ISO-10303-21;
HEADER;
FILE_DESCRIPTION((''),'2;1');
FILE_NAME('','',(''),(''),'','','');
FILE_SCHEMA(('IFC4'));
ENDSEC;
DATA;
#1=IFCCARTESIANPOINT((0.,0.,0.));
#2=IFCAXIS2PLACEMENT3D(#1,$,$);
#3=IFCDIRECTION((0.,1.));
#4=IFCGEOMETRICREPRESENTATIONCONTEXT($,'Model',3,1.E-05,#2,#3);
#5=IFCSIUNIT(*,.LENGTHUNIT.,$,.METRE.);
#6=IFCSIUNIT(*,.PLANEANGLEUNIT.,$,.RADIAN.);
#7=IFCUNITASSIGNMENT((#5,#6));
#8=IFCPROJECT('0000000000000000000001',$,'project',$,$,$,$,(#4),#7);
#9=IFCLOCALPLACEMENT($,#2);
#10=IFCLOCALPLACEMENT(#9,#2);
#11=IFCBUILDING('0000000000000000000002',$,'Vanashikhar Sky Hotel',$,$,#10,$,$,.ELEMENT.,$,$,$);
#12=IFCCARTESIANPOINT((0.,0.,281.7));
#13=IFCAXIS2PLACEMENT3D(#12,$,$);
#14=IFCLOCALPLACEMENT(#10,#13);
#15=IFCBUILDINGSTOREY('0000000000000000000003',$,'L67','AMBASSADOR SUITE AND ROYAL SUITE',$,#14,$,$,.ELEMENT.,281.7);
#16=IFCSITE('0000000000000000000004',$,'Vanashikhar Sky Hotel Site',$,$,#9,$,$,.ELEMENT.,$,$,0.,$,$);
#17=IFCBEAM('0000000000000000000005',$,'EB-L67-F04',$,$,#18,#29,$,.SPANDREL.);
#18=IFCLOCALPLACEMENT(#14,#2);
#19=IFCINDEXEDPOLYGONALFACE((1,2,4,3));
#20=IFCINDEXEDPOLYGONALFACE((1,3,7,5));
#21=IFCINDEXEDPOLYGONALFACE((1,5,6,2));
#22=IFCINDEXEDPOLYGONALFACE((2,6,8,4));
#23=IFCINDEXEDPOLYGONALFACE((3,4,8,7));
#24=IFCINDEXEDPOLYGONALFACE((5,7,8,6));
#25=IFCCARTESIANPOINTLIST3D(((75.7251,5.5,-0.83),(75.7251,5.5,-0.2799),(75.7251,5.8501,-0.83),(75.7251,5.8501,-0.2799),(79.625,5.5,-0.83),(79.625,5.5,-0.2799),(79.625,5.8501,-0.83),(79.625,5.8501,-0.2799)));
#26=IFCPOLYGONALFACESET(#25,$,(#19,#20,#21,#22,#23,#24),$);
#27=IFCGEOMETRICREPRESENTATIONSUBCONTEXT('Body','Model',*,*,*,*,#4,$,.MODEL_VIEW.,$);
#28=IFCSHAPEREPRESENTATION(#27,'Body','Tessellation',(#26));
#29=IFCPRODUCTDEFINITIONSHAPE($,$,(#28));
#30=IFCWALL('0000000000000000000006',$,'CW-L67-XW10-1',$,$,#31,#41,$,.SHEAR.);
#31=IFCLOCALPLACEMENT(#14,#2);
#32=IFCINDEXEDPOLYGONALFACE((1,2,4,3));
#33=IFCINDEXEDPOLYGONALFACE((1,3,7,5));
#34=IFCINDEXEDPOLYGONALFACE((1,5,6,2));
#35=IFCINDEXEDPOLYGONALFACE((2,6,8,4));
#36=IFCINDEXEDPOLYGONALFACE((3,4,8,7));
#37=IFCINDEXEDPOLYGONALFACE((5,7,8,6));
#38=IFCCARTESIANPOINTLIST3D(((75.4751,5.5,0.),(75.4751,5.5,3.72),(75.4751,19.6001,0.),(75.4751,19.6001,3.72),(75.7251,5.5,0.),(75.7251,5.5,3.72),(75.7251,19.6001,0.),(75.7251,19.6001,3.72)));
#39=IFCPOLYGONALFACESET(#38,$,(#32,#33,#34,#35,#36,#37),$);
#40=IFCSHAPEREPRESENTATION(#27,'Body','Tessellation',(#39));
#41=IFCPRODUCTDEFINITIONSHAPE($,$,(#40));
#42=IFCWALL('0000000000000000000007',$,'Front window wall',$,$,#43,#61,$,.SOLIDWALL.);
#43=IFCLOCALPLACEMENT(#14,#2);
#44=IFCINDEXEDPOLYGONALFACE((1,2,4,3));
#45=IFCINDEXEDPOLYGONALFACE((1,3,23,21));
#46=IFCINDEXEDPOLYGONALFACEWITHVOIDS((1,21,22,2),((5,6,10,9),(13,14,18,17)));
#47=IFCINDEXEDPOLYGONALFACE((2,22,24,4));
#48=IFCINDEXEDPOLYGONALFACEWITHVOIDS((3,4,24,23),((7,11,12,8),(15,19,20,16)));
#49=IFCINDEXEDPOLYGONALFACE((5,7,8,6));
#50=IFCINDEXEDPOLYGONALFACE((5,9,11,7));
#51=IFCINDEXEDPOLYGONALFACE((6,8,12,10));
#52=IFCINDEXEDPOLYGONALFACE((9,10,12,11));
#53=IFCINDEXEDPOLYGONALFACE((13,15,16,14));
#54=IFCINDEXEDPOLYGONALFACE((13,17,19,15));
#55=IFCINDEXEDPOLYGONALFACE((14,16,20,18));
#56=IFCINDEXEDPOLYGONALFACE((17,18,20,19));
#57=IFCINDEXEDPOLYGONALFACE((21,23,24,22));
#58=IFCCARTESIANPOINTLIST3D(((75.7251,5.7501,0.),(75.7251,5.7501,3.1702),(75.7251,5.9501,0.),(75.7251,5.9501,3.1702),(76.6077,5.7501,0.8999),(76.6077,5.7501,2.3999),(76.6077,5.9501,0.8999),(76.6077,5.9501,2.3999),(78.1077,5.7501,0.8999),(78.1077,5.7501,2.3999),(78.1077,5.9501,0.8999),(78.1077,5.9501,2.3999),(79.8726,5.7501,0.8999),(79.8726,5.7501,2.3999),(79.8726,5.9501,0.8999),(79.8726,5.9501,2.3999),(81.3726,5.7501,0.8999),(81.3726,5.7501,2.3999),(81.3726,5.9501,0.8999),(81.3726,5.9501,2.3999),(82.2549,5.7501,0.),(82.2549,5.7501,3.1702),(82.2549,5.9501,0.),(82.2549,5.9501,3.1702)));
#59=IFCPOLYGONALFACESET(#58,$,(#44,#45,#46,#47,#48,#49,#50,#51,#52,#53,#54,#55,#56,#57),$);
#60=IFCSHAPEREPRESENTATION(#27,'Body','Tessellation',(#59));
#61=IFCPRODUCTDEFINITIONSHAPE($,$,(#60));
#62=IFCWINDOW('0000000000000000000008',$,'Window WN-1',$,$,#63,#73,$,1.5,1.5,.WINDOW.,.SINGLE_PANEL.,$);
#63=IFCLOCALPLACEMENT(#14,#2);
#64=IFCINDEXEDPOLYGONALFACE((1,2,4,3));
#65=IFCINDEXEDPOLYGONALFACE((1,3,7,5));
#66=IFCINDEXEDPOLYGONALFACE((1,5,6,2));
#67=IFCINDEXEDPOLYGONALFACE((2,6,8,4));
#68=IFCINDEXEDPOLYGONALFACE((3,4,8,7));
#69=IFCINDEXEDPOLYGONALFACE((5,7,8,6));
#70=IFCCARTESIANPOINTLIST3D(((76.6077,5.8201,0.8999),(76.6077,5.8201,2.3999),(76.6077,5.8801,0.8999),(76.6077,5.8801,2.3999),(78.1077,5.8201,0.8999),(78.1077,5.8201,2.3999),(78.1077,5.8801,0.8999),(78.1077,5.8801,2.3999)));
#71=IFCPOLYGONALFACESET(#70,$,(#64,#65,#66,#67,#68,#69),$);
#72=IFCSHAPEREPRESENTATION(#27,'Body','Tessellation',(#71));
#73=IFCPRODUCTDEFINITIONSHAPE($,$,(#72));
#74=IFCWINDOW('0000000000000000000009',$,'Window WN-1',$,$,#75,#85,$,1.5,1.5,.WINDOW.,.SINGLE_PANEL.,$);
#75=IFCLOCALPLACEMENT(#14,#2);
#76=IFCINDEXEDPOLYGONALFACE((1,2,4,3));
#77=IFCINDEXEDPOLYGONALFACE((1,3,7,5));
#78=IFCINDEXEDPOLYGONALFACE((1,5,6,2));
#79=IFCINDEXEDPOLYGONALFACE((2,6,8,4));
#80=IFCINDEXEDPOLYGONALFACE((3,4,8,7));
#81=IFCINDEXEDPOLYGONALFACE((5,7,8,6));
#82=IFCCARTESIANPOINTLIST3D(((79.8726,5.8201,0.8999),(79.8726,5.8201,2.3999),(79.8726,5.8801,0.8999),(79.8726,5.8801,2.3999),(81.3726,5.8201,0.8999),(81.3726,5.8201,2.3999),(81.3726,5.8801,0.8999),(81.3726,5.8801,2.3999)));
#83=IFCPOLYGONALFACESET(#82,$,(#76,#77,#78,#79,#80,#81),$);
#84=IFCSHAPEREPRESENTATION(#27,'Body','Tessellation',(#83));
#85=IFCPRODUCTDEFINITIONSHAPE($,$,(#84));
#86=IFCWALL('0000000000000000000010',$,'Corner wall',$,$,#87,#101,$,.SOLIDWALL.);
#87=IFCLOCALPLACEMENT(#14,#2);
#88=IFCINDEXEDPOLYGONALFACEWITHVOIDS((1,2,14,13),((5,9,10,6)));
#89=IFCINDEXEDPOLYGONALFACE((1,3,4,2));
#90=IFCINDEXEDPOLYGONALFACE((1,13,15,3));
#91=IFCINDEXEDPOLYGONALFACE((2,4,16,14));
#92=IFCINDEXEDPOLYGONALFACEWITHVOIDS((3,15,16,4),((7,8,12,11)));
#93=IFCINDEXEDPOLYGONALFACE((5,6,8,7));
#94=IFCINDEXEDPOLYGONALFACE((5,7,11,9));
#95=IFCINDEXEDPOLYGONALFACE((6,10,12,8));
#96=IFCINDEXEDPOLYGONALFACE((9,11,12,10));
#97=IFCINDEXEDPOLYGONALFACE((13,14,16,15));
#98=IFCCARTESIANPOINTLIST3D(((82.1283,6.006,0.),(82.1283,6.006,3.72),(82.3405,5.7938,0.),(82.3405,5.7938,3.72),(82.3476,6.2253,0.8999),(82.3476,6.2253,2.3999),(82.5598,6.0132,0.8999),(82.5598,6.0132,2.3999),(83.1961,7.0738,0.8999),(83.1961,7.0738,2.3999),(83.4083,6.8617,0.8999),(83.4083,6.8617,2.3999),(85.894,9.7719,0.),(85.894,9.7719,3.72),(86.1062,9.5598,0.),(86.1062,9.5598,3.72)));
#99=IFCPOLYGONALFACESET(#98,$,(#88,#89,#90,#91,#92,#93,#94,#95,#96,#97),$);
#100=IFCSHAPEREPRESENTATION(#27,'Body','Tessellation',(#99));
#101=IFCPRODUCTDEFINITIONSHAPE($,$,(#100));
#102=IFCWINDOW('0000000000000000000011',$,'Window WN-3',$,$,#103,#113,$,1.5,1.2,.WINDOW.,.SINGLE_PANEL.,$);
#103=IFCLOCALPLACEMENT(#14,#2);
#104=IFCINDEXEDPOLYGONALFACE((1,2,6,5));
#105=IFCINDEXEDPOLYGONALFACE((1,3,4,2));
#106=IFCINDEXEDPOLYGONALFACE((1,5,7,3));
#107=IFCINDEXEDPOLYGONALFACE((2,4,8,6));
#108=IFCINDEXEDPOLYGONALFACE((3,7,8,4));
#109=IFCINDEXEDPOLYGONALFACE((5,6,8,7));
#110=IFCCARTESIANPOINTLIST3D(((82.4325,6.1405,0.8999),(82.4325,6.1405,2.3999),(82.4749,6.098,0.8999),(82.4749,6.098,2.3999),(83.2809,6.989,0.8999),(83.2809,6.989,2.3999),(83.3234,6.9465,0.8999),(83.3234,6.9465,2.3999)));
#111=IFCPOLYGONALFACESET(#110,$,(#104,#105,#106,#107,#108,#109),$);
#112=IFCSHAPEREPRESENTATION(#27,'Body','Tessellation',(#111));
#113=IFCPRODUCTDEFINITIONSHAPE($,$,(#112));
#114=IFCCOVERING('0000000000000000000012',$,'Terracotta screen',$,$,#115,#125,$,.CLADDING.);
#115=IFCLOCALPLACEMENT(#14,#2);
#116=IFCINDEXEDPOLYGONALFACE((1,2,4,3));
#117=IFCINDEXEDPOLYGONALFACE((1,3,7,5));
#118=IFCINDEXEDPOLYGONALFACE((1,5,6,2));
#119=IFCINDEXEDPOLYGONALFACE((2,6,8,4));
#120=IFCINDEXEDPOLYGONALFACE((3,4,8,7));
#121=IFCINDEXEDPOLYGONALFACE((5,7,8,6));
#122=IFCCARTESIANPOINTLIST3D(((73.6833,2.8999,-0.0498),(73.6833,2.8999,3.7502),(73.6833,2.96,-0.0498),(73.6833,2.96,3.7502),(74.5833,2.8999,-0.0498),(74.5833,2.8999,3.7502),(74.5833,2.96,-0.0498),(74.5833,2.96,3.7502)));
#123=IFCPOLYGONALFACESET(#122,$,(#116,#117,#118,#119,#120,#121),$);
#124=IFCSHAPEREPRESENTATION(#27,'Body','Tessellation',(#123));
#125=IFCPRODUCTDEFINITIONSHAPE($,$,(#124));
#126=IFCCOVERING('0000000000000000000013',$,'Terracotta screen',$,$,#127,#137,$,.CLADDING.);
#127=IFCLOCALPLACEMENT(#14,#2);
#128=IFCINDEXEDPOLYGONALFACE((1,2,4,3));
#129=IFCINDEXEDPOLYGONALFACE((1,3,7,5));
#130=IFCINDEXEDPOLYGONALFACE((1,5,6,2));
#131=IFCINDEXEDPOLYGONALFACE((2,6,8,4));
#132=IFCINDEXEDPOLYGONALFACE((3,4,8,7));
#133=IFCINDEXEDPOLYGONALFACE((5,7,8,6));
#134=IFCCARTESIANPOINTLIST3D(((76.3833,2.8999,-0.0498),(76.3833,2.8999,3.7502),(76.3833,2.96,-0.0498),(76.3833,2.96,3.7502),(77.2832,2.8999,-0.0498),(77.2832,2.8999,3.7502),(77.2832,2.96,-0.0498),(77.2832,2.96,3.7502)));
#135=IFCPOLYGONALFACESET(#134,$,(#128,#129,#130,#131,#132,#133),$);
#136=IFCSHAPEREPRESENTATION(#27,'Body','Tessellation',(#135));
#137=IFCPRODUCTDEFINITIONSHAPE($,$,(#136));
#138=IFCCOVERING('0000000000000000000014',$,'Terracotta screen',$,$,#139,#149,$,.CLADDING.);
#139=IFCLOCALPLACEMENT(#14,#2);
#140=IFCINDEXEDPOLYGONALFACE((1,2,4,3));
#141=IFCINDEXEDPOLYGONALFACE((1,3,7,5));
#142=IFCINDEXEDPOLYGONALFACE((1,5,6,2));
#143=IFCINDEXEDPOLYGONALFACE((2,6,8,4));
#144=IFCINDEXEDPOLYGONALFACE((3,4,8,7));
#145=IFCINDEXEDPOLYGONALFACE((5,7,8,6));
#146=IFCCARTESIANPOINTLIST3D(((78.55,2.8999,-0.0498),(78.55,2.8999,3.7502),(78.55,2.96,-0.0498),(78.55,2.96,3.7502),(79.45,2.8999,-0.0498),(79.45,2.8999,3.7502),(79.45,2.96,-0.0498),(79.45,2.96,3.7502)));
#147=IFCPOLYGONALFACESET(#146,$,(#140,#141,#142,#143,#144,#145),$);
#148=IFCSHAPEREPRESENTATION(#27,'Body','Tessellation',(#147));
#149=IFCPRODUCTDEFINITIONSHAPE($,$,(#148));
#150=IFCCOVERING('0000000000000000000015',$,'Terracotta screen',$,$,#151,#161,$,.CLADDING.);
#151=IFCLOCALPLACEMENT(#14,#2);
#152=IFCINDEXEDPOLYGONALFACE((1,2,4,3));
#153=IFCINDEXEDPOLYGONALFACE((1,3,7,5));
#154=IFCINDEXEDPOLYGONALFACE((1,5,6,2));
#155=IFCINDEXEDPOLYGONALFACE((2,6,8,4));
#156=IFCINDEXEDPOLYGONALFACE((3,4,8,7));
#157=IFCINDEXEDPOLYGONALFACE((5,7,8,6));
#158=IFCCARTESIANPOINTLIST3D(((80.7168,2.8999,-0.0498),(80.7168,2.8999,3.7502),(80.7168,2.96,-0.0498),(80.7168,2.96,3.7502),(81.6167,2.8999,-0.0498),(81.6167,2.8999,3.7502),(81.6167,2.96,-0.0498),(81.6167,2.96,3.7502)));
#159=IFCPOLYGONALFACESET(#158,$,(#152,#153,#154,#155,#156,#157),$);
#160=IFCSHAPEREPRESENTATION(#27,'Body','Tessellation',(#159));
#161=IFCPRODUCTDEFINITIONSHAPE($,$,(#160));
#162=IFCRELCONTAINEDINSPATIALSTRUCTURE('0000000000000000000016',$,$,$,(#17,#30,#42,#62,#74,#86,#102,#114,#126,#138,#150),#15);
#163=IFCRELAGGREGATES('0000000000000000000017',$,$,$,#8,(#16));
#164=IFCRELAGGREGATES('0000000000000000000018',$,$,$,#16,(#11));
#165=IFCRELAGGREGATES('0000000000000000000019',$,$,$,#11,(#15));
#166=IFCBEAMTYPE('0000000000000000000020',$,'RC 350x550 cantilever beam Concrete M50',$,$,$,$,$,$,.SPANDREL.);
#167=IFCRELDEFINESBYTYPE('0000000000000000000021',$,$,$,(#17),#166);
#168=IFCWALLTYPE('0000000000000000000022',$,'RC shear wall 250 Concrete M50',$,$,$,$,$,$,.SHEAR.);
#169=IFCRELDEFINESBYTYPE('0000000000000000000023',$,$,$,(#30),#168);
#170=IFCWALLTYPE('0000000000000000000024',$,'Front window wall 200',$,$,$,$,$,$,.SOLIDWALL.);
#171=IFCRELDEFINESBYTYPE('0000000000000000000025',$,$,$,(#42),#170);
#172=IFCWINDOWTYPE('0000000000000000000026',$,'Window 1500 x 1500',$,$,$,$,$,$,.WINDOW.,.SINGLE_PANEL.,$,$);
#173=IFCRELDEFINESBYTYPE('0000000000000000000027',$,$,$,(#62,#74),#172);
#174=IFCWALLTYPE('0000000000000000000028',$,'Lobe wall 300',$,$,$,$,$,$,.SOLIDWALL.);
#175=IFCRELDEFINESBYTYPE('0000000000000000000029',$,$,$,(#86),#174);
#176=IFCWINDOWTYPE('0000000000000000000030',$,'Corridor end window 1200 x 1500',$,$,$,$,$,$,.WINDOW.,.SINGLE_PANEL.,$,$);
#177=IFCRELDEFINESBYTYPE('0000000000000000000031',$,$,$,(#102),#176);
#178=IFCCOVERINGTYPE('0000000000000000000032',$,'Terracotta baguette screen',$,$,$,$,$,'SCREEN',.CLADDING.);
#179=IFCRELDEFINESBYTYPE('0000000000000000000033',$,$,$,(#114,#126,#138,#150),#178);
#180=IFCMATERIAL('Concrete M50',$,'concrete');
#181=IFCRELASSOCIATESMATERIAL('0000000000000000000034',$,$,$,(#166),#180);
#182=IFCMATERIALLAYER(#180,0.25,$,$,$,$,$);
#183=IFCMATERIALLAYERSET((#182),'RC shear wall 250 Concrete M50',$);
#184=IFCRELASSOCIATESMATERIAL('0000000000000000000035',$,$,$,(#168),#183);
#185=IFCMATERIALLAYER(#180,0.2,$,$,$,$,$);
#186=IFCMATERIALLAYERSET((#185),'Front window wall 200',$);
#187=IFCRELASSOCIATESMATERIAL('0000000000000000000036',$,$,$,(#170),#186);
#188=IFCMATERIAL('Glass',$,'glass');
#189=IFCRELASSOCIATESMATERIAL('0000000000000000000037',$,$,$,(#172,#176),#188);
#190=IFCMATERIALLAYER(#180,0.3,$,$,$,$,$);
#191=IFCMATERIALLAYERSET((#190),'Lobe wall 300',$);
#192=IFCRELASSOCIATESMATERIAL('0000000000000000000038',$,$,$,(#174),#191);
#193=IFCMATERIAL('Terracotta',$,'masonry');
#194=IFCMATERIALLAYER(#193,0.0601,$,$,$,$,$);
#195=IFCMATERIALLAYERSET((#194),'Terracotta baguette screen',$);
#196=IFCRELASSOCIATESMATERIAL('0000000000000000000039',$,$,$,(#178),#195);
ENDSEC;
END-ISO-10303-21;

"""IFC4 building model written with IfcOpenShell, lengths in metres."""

from ifc_helpers import new_model, si_unit, direction, frame, frame_2d, origin, origin_2d, place, context, subcontext, project, spatial, rectangle, extrude, source, transform, mapped, material, layer, layer_set, material_profile, profile_set, type_object, element, fill, save


model = new_model("IFC4")

# Units and contexts
model_context = context("Model", 3, precision=1e-05, world=origin(), true_north=direction((0.0, 1.0)))
body_context = subcontext(model_context, "Body", "Model", "MODEL_VIEW")
ifc_project = project(units=[si_unit("LENGTHUNIT", "METRE"), si_unit("PLANEANGLEUNIT", "RADIAN")], contexts=[model_context])

# Site, building, storey
site_placement = place(None, origin())
site = spatial("IfcSite", under=ifc_project, at=site_placement, Name="Vanashikhar Sky Hotel Site", CompositionType="ELEMENT", RefElevation=0.0)
building_placement = place(site_placement, origin())
building = spatial("IfcBuilding", under=site, at=building_placement, Name="Vanashikhar Sky Hotel", CompositionType="ELEMENT")
storey_placement = place(building_placement, frame((0.0, 0.0, 281.7)))
storey = spatial("IfcBuildingStorey", under=building, at=storey_placement, Name="L67", Description="AMBASSADOR SUITE AND ROYAL SUITE", CompositionType="ELEMENT", Elevation=281.7)

# Beam
ifc_material_1 = material(Name="Concrete M50", Category="concrete")
ifc_material_profile = material_profile(ifc_material_1, rectangle(XDim=0.3501, YDim=0.55, at=origin_2d()))
ifc_profile_set = profile_set([ifc_material_profile], Name="RC 350x550 cantilever beam Concrete M50")
beam_type = type_object("IfcBeamType", Name="RC 350x550 cantilever beam Concrete M50", PredefinedType="SPANDREL", material=ifc_profile_set)
shared_shape_1 = source(origin(), body_context, "Body", "SweptSolid", [
    extrude(rectangle(XDim=0.3501, YDim=0.55, at=origin_2d()), origin(), (0.0, 0.0, 1.0), 3.8999),
])
beam_placement = place(storey_placement, frame((75.7251, 5.675, -0.5549), z_axis=(1.0, 0.0, 0.0), x_axis=(0.0, 1.0, 0.0)))
element("IfcBeam", 1, at=beam_placement, inside=storey, type_object=beam_type, Name="EB-L67-F04", PredefinedType="SPANDREL", context=body_context, shape_type="MappedRepresentation", body=[
    mapped(shared_shape_1, transform((0.0, 0.0, 0.0), scale=1.0)),
])

# Wall
ifc_layer_1 = layer(ifc_material_1, 0.25)
ifc_layer_set_1 = layer_set([ifc_layer_1], Name="RC shear wall 250 Concrete M50")
wall_type_1 = type_object("IfcWallType", Name="RC shear wall 250 Concrete M50", PredefinedType="SHEAR", material=ifc_layer_set_1)
shared_shape_2 = source(origin(), body_context, "Body", "SweptSolid", [
    extrude(rectangle(XDim=14.1001, YDim=0.25, at=frame_2d((7.05, 0.0))), origin(), (0.0, 0.0, 1.0), 3.72),
])
wall_1_placement = place(storey_placement, frame((75.6001, 5.5, 0.0), z_axis=(0.0, 0.0, 1.0), x_axis=(0.0, 1.0, 0.0)))
element("IfcWall", 2, at=wall_1_placement, inside=storey, type_object=wall_type_1, Name="CW-L67-XW10-1", PredefinedType="SHEAR", context=body_context, shape_type="MappedRepresentation", body=[
    mapped(shared_shape_2, transform((0.0, 0.0, 0.0), scale=1.0)),
])

# Wall, openings, windows
ifc_layer_2 = layer(ifc_material_1, 0.2)
ifc_layer_set_2 = layer_set([ifc_layer_2], Name="Front window wall 200")
wall_type_2 = type_object("IfcWallType", Name="Front window wall 200", PredefinedType="SOLIDWALL", material=ifc_layer_set_2)
shared_shape_3 = source(origin(), body_context, "Body", "SweptSolid", [
    extrude(rectangle(XDim=6.5298, YDim=0.2, at=frame_2d((3.2649, 0.0))), origin(), (0.0, 0.0, 1.0), 3.1702),
])
wall_2_placement = place(storey_placement, frame((75.7251, 5.8501, 0.0), z_axis=(0.0, 0.0, 1.0), x_axis=(1.0, 0.0, 0.0)))
wall_2 = element("IfcWall", 3, at=wall_2_placement, inside=storey, type_object=wall_type_2, Name="Front window wall", PredefinedType="SOLIDWALL", context=body_context, shape_type="MappedRepresentation", body=[
    mapped(shared_shape_3, transform((0.0, 0.0, 0.0), scale=1.0)),
])
shared_shape_4 = source(origin(), body_context, "Body", "SweptSolid", [
    extrude(rectangle(XDim=1.5, YDim=1.5, at=frame_2d((0.75, 0.75))), frame((0.0, 0.1099, 0.0), z_axis=(0.0, -1.0, 0.0), x_axis=(1.0, 0.0, 0.0)), (0.0, 0.0, 1.0), 0.22),
])
opening_1_placement = place(wall_2_placement, frame((0.8826, 0.0, 0.8999)))
opening_1 = element("IfcOpeningElement", 4, at=opening_1_placement, cuts=wall_2, PredefinedType="OPENING", context=body_context, shape_type="MappedRepresentation", body=[
    mapped(shared_shape_4, transform((0.0, 0.0, 0.0), scale=1.0)),
])
opening_2_placement = place(wall_2_placement, frame((4.1475, 0.0, 0.8999)))
opening_2 = element("IfcOpeningElement", 5, at=opening_2_placement, cuts=wall_2, PredefinedType="OPENING", context=body_context, shape_type="MappedRepresentation", body=[
    mapped(shared_shape_4, transform((0.0, 0.0, 0.0), scale=1.0)),
])
ifc_material_2 = material(Name="Glass", Category="glass")
window_type_1 = type_object("IfcWindowType", Name="Window 1500 x 1500", PartitioningType="SINGLE_PANEL", PredefinedType="WINDOW", material=ifc_material_2)
shared_shape_5 = source(origin(), body_context, "Body", "SweptSolid", [
    extrude(rectangle(XDim=1.5, YDim=1.5, at=frame_2d((0.75, 0.75))), frame((0.0, 0.03, 0.0), z_axis=(0.0, -1.0, 0.0), x_axis=(1.0, 0.0, 0.0)), (0.0, 0.0, 1.0), 0.0601),
])
window_1_placement = place(opening_1_placement, origin())
window_1 = element("IfcWindow", 6, at=window_1_placement, inside=storey, type_object=window_type_1, Name="Window WN-1", OverallHeight=1.5, OverallWidth=1.5, PartitioningType="SINGLE_PANEL", PredefinedType="WINDOW", context=body_context, shape_type="MappedRepresentation", body=[
    mapped(shared_shape_5, transform((0.0, 0.0, 0.0), scale=1.0)),
])
fill(opening_1, window_1)
window_2_placement = place(opening_2_placement, origin())
window_2 = element("IfcWindow", 7, at=window_2_placement, inside=storey, type_object=window_type_1, Name="Window WN-1", OverallHeight=1.5, OverallWidth=1.5, PartitioningType="SINGLE_PANEL", PredefinedType="WINDOW", context=body_context, shape_type="MappedRepresentation", body=[
    mapped(shared_shape_5, transform((0.0, 0.0, 0.0), scale=1.0)),
])
fill(opening_2, window_2)

# Wall, opening, window
ifc_layer_3 = layer(ifc_material_1, 0.3)
ifc_layer_set_3 = layer_set([ifc_layer_3], Name="Lobe wall 300")
wall_type_3 = type_object("IfcWallType", Name="Lobe wall 300", PredefinedType="SOLIDWALL", material=ifc_layer_set_3)
shared_shape_6 = source(origin(), body_context, "Body", "SweptSolid", [
    extrude(rectangle(XDim=5.3257, YDim=0.3, at=frame_2d((2.6628, 0.0))), origin(), (0.0, 0.0, 1.0), 3.72),
])
wall_3_placement = place(storey_placement, frame((82.2344, 5.8999, 0.0), z_axis=(0.0, 0.0, 1.0), x_axis=(0.707084, 0.70713, 0.0)))
wall_3 = element("IfcWall", 8, at=wall_3_placement, inside=storey, type_object=wall_type_3, Name="Corner wall", PredefinedType="SOLIDWALL", context=body_context, shape_type="MappedRepresentation", body=[
    mapped(shared_shape_6, transform((0.0, 0.0, 0.0), scale=1.0)),
])
shared_shape_7 = source(origin(), body_context, "Body", "SweptSolid", [
    extrude(rectangle(XDim=1.2, YDim=1.5, at=frame_2d((0.6001, 0.75))), frame((0.0, 0.1602, 0.0), z_axis=(0.0, -1.0, 0.0), x_axis=(1.0, 0.0, 0.0)), (0.0, 0.0, 1.0), 0.3201),
])
opening_3_placement = place(wall_3_placement, frame((0.3101, 0.0, 0.8999)))
opening_3 = element("IfcOpeningElement", 9, at=opening_3_placement, cuts=wall_3, PredefinedType="OPENING", context=body_context, shape_type="MappedRepresentation", body=[
    mapped(shared_shape_7, transform((0.0, 0.0, 0.0), scale=1.0)),
])
window_type_2 = type_object("IfcWindowType", Name="Corridor end window 1200 x 1500", PartitioningType="SINGLE_PANEL", PredefinedType="WINDOW", material=ifc_material_2)
shared_shape_8 = source(origin(), body_context, "Body", "SweptSolid", [
    extrude(rectangle(XDim=1.2, YDim=1.5, at=frame_2d((0.6001, 0.75))), frame((0.0, 0.03, 0.0), z_axis=(0.0, -1.0, 0.0), x_axis=(1.0, 0.0, 0.0)), (0.0, 0.0, 1.0), 0.0601),
])
window_3_placement = place(opening_3_placement, origin())
window_3 = element("IfcWindow", 10, at=window_3_placement, inside=storey, type_object=window_type_2, Name="Window WN-3", OverallHeight=1.5, OverallWidth=1.2, PartitioningType="SINGLE_PANEL", PredefinedType="WINDOW", context=body_context, shape_type="MappedRepresentation", body=[
    mapped(shared_shape_8, transform((0.0, 0.0, 0.0), scale=1.0)),
])
fill(opening_3, window_3)

# Coverings
ifc_material_3 = material(Name="Terracotta", Category="masonry")
ifc_layer_4 = layer(ifc_material_3, 0.0601)
ifc_layer_set_4 = layer_set([ifc_layer_4], Name="Terracotta baguette screen")
covering_type = type_object("IfcCoveringType", Name="Terracotta baguette screen", ElementType="SCREEN", PredefinedType="CLADDING", material=ifc_layer_set_4)
shared_shape_9 = source(origin(), body_context, "Body", "SweptSolid", [
    extrude(rectangle(XDim=0.8999, YDim=0.0601, at=origin_2d()), origin(), (0.0, 0.0, 1.0), 3.8),
])
for number, where, z_axis, x_axis, name in (
    (11, (74.1333, 2.9299, -0.0498), (0.0, 0.0, 1.0), (1.0, 0.0, 0.0), "Terracotta screen"),
    (12, (76.8333, 2.9299, -0.0498), (0.0, 0.0, 1.0), (1.0, 0.0, 0.0), "Terracotta screen"),
    (13, (79.0, 2.9299, -0.0498), (0.0, 0.0, 1.0), (1.0, 0.0, 0.0), "Terracotta screen"),
    (14, (81.1667, 2.9299, -0.0498), (0.0, 0.0, 1.0), (1.0, 0.0, 0.0), "Terracotta screen"),
):
    element("IfcCovering", number, at=place(storey_placement, frame(where, z_axis=z_axis, x_axis=x_axis)), inside=storey, type_object=covering_type, Name=name, PredefinedType="CLADDING", context=body_context, shape_type="MappedRepresentation", body=[
        mapped(shared_shape_9, transform((0.0, 0.0, 0.0), scale=1.0)),
    ])

save(model, "model.ifc")
